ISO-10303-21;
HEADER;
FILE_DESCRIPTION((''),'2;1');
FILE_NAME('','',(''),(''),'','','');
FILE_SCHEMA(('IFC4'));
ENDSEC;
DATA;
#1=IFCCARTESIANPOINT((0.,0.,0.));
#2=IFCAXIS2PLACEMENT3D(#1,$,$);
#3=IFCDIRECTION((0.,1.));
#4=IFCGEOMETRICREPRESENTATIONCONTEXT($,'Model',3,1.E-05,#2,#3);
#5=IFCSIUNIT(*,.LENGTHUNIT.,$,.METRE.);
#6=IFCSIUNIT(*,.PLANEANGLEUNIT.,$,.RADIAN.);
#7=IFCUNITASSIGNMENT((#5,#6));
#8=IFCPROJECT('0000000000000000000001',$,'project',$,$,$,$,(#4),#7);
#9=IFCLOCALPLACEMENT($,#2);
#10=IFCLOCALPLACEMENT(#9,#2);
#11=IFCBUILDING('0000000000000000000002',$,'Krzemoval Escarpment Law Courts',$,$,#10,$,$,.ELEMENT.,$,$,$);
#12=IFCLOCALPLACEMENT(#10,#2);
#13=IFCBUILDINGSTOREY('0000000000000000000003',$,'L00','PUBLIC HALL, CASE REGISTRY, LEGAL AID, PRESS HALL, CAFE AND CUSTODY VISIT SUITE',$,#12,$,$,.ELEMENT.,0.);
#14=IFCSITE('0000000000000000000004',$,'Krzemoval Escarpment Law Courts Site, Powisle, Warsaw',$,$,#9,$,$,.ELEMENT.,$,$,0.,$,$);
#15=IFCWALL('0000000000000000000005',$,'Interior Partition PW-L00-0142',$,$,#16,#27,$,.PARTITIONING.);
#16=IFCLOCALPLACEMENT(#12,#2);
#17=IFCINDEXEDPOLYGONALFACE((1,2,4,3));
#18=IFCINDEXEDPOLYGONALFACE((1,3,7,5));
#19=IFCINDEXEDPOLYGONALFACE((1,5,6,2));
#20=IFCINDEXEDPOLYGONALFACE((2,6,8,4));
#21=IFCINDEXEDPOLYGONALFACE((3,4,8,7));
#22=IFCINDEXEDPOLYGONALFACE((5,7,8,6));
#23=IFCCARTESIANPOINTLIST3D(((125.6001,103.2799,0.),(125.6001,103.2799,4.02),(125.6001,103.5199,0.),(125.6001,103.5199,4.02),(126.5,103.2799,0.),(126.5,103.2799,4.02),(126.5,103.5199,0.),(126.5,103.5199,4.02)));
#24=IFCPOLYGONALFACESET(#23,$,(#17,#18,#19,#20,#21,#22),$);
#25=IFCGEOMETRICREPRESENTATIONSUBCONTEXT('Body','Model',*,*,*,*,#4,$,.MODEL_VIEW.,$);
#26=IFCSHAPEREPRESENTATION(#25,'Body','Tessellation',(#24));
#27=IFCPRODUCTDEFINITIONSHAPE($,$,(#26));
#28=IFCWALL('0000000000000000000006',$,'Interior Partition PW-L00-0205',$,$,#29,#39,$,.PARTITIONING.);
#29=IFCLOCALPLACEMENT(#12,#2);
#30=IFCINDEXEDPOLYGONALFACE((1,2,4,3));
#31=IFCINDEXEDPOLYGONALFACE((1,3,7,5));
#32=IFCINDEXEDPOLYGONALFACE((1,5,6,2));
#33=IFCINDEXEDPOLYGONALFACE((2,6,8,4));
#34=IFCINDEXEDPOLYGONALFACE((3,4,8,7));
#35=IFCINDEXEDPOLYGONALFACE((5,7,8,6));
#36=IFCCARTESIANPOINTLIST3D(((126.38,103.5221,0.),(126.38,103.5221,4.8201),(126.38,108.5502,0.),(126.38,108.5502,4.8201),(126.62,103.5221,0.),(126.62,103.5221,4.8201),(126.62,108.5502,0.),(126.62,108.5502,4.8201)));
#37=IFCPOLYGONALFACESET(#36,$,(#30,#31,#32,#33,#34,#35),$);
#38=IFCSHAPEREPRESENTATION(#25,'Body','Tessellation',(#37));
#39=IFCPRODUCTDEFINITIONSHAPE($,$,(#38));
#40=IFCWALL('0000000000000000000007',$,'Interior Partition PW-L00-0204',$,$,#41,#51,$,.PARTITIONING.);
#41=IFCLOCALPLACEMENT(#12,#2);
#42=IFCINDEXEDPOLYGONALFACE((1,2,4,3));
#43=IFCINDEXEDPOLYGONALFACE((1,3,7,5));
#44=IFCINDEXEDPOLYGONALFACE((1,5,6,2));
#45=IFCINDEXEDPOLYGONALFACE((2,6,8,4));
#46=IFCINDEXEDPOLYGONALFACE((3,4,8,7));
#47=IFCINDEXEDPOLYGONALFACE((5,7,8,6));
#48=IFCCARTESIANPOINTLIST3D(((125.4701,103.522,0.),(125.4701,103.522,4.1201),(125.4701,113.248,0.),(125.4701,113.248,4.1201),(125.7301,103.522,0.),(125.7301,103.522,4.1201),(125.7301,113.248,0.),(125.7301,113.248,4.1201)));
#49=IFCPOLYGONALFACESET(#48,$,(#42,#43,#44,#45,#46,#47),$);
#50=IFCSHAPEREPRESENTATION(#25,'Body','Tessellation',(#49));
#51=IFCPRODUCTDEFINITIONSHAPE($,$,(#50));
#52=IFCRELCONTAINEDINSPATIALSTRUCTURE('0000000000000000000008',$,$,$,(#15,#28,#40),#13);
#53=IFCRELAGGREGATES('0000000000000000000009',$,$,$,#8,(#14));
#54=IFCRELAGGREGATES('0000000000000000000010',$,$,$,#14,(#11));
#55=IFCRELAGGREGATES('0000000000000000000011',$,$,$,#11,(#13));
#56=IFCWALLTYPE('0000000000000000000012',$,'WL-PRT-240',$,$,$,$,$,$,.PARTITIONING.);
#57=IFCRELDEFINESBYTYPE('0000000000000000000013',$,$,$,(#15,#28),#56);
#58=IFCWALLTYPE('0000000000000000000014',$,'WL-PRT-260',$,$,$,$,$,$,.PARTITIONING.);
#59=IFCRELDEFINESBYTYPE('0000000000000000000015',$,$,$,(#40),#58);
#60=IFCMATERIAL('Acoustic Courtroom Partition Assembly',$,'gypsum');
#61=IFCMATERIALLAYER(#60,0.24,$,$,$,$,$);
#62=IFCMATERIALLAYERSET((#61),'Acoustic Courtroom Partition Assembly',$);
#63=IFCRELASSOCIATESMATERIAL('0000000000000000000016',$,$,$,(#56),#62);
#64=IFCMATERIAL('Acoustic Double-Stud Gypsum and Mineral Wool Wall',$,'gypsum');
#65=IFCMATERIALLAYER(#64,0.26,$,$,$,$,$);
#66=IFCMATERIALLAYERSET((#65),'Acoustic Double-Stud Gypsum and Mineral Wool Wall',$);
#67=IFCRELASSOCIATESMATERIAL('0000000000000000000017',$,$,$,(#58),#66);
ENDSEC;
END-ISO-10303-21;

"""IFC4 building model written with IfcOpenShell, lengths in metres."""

from ifc_helpers import new_model, si_unit, direction, frame, frame_2d, origin, place, context, subcontext, project, spatial, rectangle, extrude, material, layer, layer_set, type_object, element, save


model = new_model("IFC4")

# Units and contexts
model_context = context("Model", 3, precision=1e-05, world=origin(), true_north=direction((0.0, 1.0)))
body_context = subcontext(model_context, "Body", "Model", "MODEL_VIEW")
ifc_project = project(units=[si_unit("LENGTHUNIT", "METRE"), si_unit("PLANEANGLEUNIT", "RADIAN")], contexts=[model_context])

# Site, building, storey
site_placement = place(None, origin())
site = spatial("IfcSite", under=ifc_project, at=site_placement, Name="Krzemoval Escarpment Law Courts Site, Powisle, Warsaw", CompositionType="ELEMENT", RefElevation=0.0)
building_placement = place(site_placement, origin())
building = spatial("IfcBuilding", under=site, at=building_placement, Name="Krzemoval Escarpment Law Courts", CompositionType="ELEMENT")
storey_placement = place(building_placement, origin())
storey = spatial("IfcBuildingStorey", under=building, at=storey_placement, Name="L00", Description="PUBLIC HALL, CASE REGISTRY, LEGAL AID, PRESS HALL, CAFE AND CUSTODY VISIT SUITE", CompositionType="ELEMENT", Elevation=0.0)

# Walls
ifc_material_1 = material(Name="Acoustic Courtroom Partition Assembly", Category="gypsum")
ifc_layer_1 = layer(ifc_material_1, 0.24)
ifc_layer_set_1 = layer_set([ifc_layer_1], Name="Acoustic Courtroom Partition Assembly")
wall_type_1 = type_object("IfcWallType", Name="WL-PRT-240", PredefinedType="PARTITIONING", material=ifc_layer_set_1)
wall_1_placement = place(storey_placement, frame((125.6001, 103.3999, 0.0), z_axis=(0.0, 0.0, 1.0), x_axis=(1.0, 0.0, 0.0)))
element("IfcWall", 1, at=wall_1_placement, inside=storey, type_object=wall_type_1, Name="Interior Partition PW-L00-0142", PredefinedType="PARTITIONING", context=body_context, shape_type="SweptSolid", body=[
    extrude(rectangle(XDim=0.8999, YDim=0.24, at=frame_2d((0.45, 0.0))), origin(), (0.0, 0.0, 1.0), 4.02),
])
wall_2_placement = place(storey_placement, frame((126.5, 103.522, 0.0), z_axis=(0.0, 0.0, 1.0), x_axis=(0.0, 1.0, 0.0)))
element("IfcWall", 2, at=wall_2_placement, inside=storey, type_object=wall_type_1, Name="Interior Partition PW-L00-0205", PredefinedType="PARTITIONING", context=body_context, shape_type="SweptSolid", body=[
    extrude(rectangle(XDim=5.0281, YDim=0.24, at=frame_2d((2.5142, 0.0))), origin(), (0.0, 0.0, 1.0), 4.8201),
])
ifc_material_2 = material(Name="Acoustic Double-Stud Gypsum and Mineral Wool Wall", Category="gypsum")
ifc_layer_2 = layer(ifc_material_2, 0.26)
ifc_layer_set_2 = layer_set([ifc_layer_2], Name="Acoustic Double-Stud Gypsum and Mineral Wool Wall")
wall_type_2 = type_object("IfcWallType", Name="WL-PRT-260", PredefinedType="PARTITIONING", material=ifc_layer_set_2)
wall_3_placement = place(storey_placement, frame((125.6001, 103.522, 0.0), z_axis=(0.0, 0.0, 1.0), x_axis=(0.0, 1.0, 0.0)))
element("IfcWall", 3, at=wall_3_placement, inside=storey, type_object=wall_type_2, Name="Interior Partition PW-L00-0204", PredefinedType="PARTITIONING", context=body_context, shape_type="SweptSolid", body=[
    extrude(rectangle(XDim=9.7261, YDim=0.26, at=frame_2d((4.863, 0.0))), origin(), (0.0, 0.0, 1.0), 4.1201),
])

save(model, "model.ifc")
